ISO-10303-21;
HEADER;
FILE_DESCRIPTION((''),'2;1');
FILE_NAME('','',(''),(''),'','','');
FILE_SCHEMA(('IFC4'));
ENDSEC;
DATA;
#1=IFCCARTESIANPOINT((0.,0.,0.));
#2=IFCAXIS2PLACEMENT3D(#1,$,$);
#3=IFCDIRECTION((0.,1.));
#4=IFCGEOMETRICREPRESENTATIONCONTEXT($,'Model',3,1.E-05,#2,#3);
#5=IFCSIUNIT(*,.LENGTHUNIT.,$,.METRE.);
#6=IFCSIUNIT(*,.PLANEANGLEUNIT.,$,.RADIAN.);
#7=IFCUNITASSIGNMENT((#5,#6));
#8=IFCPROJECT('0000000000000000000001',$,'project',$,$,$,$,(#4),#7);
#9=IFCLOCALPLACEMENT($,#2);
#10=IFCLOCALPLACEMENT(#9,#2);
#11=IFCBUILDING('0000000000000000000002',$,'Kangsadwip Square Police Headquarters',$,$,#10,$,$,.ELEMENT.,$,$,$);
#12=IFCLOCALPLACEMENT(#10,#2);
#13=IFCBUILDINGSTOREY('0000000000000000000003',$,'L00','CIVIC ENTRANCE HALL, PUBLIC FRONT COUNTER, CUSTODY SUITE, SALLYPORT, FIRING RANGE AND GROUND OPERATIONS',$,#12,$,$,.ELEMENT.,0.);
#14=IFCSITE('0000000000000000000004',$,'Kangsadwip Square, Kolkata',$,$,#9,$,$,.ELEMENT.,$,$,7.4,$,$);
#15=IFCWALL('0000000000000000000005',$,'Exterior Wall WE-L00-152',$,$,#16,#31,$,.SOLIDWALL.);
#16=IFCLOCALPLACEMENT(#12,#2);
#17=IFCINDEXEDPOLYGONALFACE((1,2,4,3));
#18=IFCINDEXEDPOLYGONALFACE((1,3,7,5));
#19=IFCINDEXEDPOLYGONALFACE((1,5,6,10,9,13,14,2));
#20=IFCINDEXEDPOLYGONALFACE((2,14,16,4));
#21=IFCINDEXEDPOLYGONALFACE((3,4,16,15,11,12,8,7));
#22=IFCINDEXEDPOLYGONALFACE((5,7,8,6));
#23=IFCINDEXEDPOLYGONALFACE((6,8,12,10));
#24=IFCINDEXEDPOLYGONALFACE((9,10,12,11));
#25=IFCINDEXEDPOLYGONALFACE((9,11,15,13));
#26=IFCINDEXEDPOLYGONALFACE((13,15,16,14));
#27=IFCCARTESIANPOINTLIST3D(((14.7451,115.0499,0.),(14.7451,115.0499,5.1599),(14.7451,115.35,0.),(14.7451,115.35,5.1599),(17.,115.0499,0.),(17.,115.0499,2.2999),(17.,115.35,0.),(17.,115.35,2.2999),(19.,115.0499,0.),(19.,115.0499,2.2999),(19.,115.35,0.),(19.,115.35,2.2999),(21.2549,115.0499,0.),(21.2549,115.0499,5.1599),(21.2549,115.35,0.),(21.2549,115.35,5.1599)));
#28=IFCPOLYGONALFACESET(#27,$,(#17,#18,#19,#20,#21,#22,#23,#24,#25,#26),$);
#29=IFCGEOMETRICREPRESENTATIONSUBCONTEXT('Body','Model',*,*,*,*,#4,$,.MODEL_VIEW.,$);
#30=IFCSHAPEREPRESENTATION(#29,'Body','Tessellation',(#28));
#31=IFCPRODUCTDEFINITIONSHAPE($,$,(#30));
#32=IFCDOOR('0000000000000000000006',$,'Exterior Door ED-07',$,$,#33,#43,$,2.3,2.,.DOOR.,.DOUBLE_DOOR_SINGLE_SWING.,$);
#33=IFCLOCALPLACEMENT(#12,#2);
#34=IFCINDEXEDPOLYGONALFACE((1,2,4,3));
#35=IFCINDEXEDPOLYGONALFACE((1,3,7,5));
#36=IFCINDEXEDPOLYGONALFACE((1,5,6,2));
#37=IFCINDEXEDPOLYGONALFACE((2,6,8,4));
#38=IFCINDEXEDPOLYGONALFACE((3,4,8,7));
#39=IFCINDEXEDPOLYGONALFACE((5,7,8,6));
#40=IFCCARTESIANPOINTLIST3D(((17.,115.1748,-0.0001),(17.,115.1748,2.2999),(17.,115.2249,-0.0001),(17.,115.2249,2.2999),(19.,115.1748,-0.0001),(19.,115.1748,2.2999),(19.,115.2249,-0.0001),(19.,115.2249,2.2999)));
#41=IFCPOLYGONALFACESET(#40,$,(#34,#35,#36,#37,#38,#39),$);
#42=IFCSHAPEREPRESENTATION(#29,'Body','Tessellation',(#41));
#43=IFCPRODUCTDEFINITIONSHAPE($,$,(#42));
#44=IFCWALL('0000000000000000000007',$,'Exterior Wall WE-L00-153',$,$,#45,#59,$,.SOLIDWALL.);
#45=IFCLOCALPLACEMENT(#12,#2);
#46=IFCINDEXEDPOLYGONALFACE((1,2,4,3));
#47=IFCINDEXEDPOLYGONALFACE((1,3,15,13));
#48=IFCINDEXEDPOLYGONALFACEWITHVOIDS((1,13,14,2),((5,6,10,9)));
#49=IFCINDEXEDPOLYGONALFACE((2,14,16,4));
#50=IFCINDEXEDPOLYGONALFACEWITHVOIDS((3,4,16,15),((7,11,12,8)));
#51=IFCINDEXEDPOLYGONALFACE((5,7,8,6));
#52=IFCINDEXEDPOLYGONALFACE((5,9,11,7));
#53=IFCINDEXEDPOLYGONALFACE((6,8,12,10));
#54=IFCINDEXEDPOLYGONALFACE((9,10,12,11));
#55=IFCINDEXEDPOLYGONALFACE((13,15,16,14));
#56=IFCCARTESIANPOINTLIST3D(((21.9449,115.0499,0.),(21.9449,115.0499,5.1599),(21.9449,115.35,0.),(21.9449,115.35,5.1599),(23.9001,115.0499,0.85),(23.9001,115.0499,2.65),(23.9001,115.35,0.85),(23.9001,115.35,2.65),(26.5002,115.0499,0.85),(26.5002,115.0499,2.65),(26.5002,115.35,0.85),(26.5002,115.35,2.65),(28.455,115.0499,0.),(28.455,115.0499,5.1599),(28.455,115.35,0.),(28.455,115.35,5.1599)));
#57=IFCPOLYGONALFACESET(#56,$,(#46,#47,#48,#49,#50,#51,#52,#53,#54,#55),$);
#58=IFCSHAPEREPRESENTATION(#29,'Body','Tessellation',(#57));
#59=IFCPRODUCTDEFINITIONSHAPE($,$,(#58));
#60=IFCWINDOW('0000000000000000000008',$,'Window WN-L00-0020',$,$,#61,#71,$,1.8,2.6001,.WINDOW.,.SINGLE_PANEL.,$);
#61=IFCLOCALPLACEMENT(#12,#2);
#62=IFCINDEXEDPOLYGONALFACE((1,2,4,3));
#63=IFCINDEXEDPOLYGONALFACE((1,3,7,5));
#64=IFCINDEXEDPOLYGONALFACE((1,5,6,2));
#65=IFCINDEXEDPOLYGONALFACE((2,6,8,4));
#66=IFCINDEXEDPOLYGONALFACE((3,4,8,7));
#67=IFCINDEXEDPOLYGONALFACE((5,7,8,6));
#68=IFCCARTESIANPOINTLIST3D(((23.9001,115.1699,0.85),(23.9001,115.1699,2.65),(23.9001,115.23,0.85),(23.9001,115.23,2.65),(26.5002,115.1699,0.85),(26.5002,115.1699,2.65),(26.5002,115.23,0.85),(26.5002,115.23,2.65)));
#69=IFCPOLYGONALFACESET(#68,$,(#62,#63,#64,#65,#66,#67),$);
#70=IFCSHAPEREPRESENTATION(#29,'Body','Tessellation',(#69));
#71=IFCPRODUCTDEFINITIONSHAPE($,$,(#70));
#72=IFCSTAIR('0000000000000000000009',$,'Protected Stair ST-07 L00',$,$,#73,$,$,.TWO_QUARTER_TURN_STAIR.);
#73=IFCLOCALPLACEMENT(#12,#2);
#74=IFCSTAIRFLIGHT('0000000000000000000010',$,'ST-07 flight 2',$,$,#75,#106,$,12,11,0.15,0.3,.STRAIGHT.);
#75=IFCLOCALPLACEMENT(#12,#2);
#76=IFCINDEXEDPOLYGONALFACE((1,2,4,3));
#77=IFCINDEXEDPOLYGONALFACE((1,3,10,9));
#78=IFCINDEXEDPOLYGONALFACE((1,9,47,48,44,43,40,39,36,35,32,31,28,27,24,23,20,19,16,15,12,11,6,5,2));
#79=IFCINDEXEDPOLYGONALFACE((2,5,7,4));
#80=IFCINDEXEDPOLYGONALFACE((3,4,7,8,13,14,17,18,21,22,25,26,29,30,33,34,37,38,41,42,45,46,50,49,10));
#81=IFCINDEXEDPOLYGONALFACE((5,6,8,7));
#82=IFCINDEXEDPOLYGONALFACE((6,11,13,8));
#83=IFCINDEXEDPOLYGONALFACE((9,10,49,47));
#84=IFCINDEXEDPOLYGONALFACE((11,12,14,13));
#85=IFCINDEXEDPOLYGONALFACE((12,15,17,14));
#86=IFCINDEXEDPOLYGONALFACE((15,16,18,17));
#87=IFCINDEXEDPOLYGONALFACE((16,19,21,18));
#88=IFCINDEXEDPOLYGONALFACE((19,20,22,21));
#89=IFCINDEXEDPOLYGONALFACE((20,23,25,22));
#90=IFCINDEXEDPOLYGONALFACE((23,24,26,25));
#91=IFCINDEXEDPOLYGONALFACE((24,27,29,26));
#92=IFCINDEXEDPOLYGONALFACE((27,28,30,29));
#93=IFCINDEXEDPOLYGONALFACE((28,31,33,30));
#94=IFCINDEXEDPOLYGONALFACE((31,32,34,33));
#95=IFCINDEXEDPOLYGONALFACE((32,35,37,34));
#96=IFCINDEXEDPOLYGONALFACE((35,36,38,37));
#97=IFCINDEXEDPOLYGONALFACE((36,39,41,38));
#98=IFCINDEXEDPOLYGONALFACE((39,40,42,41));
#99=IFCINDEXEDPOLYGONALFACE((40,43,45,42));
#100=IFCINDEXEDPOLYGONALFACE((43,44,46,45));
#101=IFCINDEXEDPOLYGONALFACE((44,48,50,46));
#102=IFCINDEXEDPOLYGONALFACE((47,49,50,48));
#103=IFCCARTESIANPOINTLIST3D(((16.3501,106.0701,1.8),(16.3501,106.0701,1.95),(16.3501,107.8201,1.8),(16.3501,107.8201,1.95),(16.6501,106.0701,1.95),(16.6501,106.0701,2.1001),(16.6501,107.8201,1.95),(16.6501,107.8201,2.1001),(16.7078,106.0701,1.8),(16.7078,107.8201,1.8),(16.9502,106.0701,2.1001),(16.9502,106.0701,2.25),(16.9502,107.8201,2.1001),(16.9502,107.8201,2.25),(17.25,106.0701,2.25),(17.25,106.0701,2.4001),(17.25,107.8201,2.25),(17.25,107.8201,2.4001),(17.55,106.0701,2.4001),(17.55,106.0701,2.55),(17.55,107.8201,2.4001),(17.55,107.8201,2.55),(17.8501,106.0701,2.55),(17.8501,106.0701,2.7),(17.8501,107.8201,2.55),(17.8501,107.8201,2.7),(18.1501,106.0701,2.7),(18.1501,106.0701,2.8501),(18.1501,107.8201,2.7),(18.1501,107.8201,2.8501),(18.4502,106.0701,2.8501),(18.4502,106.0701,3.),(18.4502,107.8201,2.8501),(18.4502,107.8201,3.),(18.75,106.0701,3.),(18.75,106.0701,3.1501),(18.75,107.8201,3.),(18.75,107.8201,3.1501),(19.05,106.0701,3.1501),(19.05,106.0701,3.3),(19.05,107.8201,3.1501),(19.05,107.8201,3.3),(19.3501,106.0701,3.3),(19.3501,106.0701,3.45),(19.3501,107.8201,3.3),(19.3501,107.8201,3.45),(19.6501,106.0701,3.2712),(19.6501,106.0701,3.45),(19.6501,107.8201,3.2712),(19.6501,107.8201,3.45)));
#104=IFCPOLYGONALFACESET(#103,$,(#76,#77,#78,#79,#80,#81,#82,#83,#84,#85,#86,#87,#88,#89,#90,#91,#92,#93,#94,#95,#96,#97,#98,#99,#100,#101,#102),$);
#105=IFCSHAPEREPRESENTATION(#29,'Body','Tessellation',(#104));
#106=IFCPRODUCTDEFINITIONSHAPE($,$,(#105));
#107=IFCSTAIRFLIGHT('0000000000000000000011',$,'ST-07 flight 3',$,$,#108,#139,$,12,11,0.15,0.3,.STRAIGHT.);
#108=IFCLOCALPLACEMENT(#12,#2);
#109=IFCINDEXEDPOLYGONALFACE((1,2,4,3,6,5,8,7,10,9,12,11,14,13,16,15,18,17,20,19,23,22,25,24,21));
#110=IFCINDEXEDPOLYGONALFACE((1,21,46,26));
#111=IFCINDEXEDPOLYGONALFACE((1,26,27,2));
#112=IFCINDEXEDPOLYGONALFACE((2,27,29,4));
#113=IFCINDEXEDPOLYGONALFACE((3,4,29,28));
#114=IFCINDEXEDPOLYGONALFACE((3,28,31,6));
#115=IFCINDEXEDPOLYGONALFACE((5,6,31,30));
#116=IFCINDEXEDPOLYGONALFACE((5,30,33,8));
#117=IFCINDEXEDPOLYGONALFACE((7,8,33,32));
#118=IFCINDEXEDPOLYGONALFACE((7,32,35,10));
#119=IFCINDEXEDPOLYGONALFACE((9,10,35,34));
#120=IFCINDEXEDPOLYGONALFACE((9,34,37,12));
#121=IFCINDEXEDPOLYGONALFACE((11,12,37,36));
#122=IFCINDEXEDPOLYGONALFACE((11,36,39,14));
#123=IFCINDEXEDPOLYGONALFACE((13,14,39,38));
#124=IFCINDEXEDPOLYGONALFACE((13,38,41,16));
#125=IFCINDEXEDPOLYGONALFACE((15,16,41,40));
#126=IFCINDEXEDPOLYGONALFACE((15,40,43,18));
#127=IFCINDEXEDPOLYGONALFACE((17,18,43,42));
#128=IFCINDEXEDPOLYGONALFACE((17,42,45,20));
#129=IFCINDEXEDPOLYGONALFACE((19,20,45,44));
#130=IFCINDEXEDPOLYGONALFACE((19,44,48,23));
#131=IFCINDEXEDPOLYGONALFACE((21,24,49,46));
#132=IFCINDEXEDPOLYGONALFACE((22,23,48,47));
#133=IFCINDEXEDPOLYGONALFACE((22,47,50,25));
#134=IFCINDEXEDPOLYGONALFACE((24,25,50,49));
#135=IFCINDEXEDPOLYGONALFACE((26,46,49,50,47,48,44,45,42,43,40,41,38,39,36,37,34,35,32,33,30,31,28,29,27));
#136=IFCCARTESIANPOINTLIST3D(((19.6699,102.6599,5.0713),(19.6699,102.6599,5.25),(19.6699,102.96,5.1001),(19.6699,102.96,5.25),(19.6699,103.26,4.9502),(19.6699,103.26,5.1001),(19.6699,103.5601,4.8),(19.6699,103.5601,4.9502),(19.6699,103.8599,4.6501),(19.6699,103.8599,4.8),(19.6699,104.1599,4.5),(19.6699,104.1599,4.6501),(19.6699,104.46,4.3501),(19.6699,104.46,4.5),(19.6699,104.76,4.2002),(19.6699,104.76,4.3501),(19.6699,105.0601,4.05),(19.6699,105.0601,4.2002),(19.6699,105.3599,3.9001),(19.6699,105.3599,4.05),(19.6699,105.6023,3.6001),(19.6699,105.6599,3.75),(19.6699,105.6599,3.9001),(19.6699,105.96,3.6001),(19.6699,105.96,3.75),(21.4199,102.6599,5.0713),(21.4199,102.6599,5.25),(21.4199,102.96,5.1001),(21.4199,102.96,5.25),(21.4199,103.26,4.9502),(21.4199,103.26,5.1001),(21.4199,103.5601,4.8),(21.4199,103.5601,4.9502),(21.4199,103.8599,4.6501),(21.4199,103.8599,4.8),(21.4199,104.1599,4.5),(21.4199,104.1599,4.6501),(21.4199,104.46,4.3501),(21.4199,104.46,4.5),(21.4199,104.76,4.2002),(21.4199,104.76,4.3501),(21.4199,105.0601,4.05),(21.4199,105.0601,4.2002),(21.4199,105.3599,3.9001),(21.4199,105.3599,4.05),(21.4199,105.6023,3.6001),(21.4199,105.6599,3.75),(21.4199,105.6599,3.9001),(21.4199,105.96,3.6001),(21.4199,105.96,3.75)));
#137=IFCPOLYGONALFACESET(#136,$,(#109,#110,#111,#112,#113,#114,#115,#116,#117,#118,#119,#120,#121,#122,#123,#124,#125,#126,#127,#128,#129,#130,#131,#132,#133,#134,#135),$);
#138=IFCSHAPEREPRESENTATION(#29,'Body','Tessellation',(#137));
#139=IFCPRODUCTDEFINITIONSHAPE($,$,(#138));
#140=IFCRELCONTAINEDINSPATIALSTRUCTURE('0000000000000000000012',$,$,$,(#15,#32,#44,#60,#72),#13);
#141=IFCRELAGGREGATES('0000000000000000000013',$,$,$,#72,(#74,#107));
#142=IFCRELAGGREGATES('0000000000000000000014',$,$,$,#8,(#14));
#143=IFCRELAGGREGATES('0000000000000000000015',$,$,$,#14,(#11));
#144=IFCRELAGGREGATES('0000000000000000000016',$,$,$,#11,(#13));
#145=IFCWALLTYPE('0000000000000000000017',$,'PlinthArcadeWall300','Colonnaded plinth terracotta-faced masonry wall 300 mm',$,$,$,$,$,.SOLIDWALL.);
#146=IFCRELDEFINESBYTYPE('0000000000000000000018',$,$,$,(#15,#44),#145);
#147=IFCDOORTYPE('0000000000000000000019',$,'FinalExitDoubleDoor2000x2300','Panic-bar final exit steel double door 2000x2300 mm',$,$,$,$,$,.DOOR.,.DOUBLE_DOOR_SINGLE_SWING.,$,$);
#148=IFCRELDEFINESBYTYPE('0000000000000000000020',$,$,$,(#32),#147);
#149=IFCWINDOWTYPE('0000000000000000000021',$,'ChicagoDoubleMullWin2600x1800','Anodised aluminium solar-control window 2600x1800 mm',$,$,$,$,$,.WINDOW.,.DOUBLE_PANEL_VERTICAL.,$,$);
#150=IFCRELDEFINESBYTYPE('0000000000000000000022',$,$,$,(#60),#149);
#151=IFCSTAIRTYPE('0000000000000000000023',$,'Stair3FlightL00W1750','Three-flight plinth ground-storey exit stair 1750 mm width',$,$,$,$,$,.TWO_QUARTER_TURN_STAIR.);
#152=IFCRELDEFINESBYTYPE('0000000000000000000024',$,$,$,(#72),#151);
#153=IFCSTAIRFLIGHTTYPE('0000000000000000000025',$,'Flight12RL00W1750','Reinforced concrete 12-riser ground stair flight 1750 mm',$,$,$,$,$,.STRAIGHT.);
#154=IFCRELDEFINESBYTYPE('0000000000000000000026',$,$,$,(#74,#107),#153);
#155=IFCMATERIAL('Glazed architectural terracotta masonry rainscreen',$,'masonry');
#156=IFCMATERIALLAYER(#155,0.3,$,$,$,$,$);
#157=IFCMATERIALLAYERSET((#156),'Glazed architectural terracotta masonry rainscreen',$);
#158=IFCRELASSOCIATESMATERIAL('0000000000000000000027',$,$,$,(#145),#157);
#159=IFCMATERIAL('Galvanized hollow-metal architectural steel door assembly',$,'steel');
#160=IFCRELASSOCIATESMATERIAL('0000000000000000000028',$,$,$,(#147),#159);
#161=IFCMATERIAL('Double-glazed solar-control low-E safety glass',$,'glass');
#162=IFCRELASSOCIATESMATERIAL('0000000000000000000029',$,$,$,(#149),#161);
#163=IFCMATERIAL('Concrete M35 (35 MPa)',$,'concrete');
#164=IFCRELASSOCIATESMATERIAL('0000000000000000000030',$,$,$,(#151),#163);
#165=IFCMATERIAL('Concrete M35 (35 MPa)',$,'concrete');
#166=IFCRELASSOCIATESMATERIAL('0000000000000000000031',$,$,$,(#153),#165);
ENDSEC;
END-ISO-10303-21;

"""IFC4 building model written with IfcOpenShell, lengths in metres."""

from ifc_helpers import new_model, si_unit, direction, frame, frame_2d, origin, place, context, subcontext, project, spatial, polyline, rectangle, outline, extrude, material, layer, layer_set, type_object, element, fill, aggregate, save


model = new_model("IFC4")

# Units and contexts
model_context = context("Model", 3, precision=1e-05, world=origin(), true_north=direction((0.0, 1.0)))
body_context = subcontext(model_context, "Body", "Model", "MODEL_VIEW")
ifc_project = project(units=[si_unit("LENGTHUNIT", "METRE"), si_unit("PLANEANGLEUNIT", "RADIAN")], contexts=[model_context])

# Site, building, storey
site_placement = place(None, origin())
site = spatial("IfcSite", under=ifc_project, at=site_placement, Name="Kangsadwip Square, Kolkata", CompositionType="ELEMENT", RefElevation=7.4)
building_placement = place(site_placement, origin())
building = spatial("IfcBuilding", under=site, at=building_placement, Name="Kangsadwip Square Police Headquarters", CompositionType="ELEMENT")
storey_placement = place(building_placement, origin())
storey = spatial("IfcBuildingStorey", under=building, at=storey_placement, Name="L00", Description="CIVIC ENTRANCE HALL, PUBLIC FRONT COUNTER, CUSTODY SUITE, SALLYPORT, FIRING RANGE AND GROUND OPERATIONS", CompositionType="ELEMENT", Elevation=0.0)

# Wall, opening, door
ifc_material_1 = material(Name="Glazed architectural terracotta masonry rainscreen", Category="masonry")
ifc_layer_1 = layer(ifc_material_1, 0.3)
ifc_layer_set_1 = layer_set([ifc_layer_1], Name="Glazed architectural terracotta masonry rainscreen")
wall_type_1 = type_object("IfcWallType", Name="PlinthArcadeWall300", Description="Colonnaded plinth terracotta-faced masonry wall 300 mm", PredefinedType="SOLIDWALL", material=ifc_layer_set_1)
wall_1_placement = place(storey_placement, frame((14.7451, 115.2, 0.0), z_axis=(0.0, 0.0, 1.0), x_axis=(1.0, 0.0, 0.0)))
wall_1 = element("IfcWall", 1, at=wall_1_placement, inside=storey, type_object=wall_type_1, Name="Exterior Wall WE-L00-152", PredefinedType="SOLIDWALL", context=body_context, shape_type="SweptSolid", body=[
    extrude(rectangle(XDim=6.5098, YDim=0.3, at=frame_2d((3.2549, 0.0))), origin(), (0.0, 0.0, 1.0), 5.1599),
])
opening_1_placement = place(wall_1_placement, frame((2.2549, 0.0, 0.0)))
opening_1 = element("IfcOpeningElement", 2, at=opening_1_placement, cuts=wall_1, PredefinedType="OPENING", context=body_context, shape_type="SweptSolid", body=[
    extrude(rectangle(XDim=2.0, YDim=2.3, at=frame_2d((1.0, 1.1499))), frame((0.0, 0.1599, 0.0), z_axis=(0.0, -1.0, 0.0), x_axis=(1.0, 0.0, 0.0)), (0.0, 0.0, 1.0), 0.3201),
])
ifc_material_2 = material(Name="Galvanized hollow-metal architectural steel door assembly", Category="steel")
door_type = type_object("IfcDoorType", Name="FinalExitDoubleDoor2000x2300", Description="Panic-bar final exit steel double door 2000x2300 mm", OperationType="DOUBLE_DOOR_SINGLE_SWING", PredefinedType="DOOR", material=ifc_material_2)
door_placement = place(opening_1_placement, origin())
door = element("IfcDoor", 3, at=door_placement, inside=storey, type_object=door_type, Name="Exterior Door ED-07", OperationType="DOUBLE_DOOR_SINGLE_SWING", OverallHeight=2.3, OverallWidth=2.0, PredefinedType="DOOR", context=body_context, shape_type="SweptSolid", body=[
    extrude(rectangle(XDim=2.0, YDim=2.3, at=frame_2d((1.0, 1.1499))), frame((0.0, 0.0249, 0.0), z_axis=(0.0, -1.0, 0.0), x_axis=(1.0, 0.0, 0.0)), (0.0, 0.0, 1.0), 0.05),
])
fill(opening_1, door)

# Wall, opening, window
wall_2_placement = place(storey_placement, frame((21.9451, 115.2, 0.0), z_axis=(0.0, 0.0, 1.0), x_axis=(1.0, 0.0, 0.0)))
wall_2 = element("IfcWall", 4, at=wall_2_placement, inside=storey, type_object=wall_type_1, Name="Exterior Wall WE-L00-153", PredefinedType="SOLIDWALL", context=body_context, shape_type="SweptSolid", body=[
    extrude(rectangle(XDim=6.51, YDim=0.3, at=frame_2d((3.2549, 0.0))), origin(), (0.0, 0.0, 1.0), 5.1599),
])
opening_2_placement = place(wall_2_placement, frame((1.9551, 0.0, 0.8501)))
opening_2 = element("IfcOpeningElement", 5, at=opening_2_placement, cuts=wall_2, PredefinedType="OPENING", context=body_context, shape_type="SweptSolid", body=[
    extrude(rectangle(XDim=2.6001, YDim=1.8, at=frame_2d((1.3, 0.8999))), frame((0.0, 0.1599, 0.0), z_axis=(0.0, -1.0, 0.0), x_axis=(1.0, 0.0, 0.0)), (0.0, 0.0, 1.0), 0.3201),
])
ifc_material_3 = material(Name="Double-glazed solar-control low-E safety glass", Category="glass")
window_type = type_object("IfcWindowType", Name="ChicagoDoubleMullWin2600x1800", Description="Anodised aluminium solar-control window 2600x1800 mm", PartitioningType="DOUBLE_PANEL_VERTICAL", PredefinedType="WINDOW", material=ifc_material_3)
window_placement = place(opening_2_placement, origin())
window = element("IfcWindow", 6, at=window_placement, inside=storey, type_object=window_type, Name="Window WN-L00-0020", OverallHeight=1.8, OverallWidth=2.6001, PartitioningType="SINGLE_PANEL", PredefinedType="WINDOW", context=body_context, shape_type="SweptSolid", body=[
    extrude(rectangle(XDim=2.6001, YDim=1.8, at=frame_2d((1.3, 0.8999))), frame((0.0, 0.03, 0.0), z_axis=(0.0, -1.0, 0.0), x_axis=(1.0, 0.0, 0.0)), (0.0, 0.0, 1.0), 0.0601),
])
fill(opening_2, window)

# Stair, stair flights
ifc_material_4 = material(Name="Concrete M35 (35 MPa)", Category="concrete")
stair_type = type_object("IfcStairType", Name="Stair3FlightL00W1750", Description="Three-flight plinth ground-storey exit stair 1750 mm width", PredefinedType="TWO_QUARTER_TURN_STAIR", material=ifc_material_4)
stair_placement = place(storey_placement, origin())
stair = element("IfcStair", 7, at=stair_placement, inside=storey, type_object=stair_type, Name="Protected Stair ST-07 L00", PredefinedType="TWO_QUARTER_TURN_STAIR")
ifc_material_5 = material(Name="Concrete M35 (35 MPa)", Category="concrete")
stair_flight_type = type_object("IfcStairFlightType", Name="Flight12RL00W1750", Description="Reinforced concrete 12-riser ground stair flight 1750 mm", PredefinedType="STRAIGHT", material=ifc_material_5)
stair_flight_1_placement = place(storey_placement, frame((16.3501, 106.9451, 1.8), z_axis=(0.0, 0.0, 1.0), x_axis=(1.0, 0.0, 0.0)))
stair_flight_1 = element("IfcStairFlight", 8, at=stair_flight_1_placement, type_object=stair_flight_type, Name="ST-07 flight 2", NumberOfRisers=12, NumberOfTreads=11, PredefinedType="STRAIGHT", RiserHeight=0.15, TreadLength=0.3, context=body_context, shape_type="SweptSolid", body=[
    extrude(outline(polyline([(0.0, 0.0), (0.0, 0.1499), (0.3, 0.1499), (0.3, 0.3), (0.6001, 0.3), (0.6001, 0.45), (0.8999, 0.45), (0.8999, 0.6001), (1.2, 0.6001), (1.2, 0.75), (1.5, 0.75), (1.5, 0.8999), (1.8, 0.8999), (1.8, 1.05), (2.1001, 1.05), (2.1001, 1.2), (2.3999, 1.2), (2.3999, 1.3501), (2.7, 1.3501), (2.7, 1.5), (3.0, 1.5), (3.0, 1.6499), (3.3, 1.6499), (3.3, 1.8), (3.3, 1.4712), (0.3577, 0.0), (0.0, 0.0)])), frame((0.0, 0.875, 0.0), z_axis=(0.0, -1.0, 0.0), x_axis=(1.0, 0.0, 0.0)), (0.0, 0.0, 1.0), 1.75),
])
stair_flight_2_placement = place(storey_placement, frame((20.5449, 105.96, 3.6001), z_axis=(0.0, 0.0, 1.0), x_axis=(0.0, -1.0, 0.0)))
stair_flight_2 = element("IfcStairFlight", 9, at=stair_flight_2_placement, type_object=stair_flight_type, Name="ST-07 flight 3", NumberOfRisers=12, NumberOfTreads=11, PredefinedType="STRAIGHT", RiserHeight=0.15, TreadLength=0.3, context=body_context, shape_type="SweptSolid", body=[
    extrude(outline(polyline([(0.0, 0.0), (0.0, 0.1499), (0.3, 0.1499), (0.3, 0.3), (0.6001, 0.3), (0.6001, 0.45), (0.8999, 0.45), (0.8999, 0.6001), (1.2, 0.6001), (1.2, 0.75), (1.5, 0.75), (1.5, 0.8999), (1.8, 0.8999), (1.8, 1.05), (2.1001, 1.05), (2.1001, 1.2), (2.3999, 1.2), (2.3999, 1.3501), (2.7, 1.3501), (2.7, 1.5), (3.0, 1.5), (3.0, 1.6499), (3.3, 1.6499), (3.3, 1.8), (3.3, 1.4712), (0.3577, 0.0), (0.0, 0.0)])), frame((0.0, 0.875, 0.0), z_axis=(0.0, -1.0, 0.0), x_axis=(1.0, 0.0, 0.0)), (0.0, 0.0, 1.0), 1.75),
])
aggregate(stair, [stair_flight_1, stair_flight_2])

save(model, "model.ifc")
